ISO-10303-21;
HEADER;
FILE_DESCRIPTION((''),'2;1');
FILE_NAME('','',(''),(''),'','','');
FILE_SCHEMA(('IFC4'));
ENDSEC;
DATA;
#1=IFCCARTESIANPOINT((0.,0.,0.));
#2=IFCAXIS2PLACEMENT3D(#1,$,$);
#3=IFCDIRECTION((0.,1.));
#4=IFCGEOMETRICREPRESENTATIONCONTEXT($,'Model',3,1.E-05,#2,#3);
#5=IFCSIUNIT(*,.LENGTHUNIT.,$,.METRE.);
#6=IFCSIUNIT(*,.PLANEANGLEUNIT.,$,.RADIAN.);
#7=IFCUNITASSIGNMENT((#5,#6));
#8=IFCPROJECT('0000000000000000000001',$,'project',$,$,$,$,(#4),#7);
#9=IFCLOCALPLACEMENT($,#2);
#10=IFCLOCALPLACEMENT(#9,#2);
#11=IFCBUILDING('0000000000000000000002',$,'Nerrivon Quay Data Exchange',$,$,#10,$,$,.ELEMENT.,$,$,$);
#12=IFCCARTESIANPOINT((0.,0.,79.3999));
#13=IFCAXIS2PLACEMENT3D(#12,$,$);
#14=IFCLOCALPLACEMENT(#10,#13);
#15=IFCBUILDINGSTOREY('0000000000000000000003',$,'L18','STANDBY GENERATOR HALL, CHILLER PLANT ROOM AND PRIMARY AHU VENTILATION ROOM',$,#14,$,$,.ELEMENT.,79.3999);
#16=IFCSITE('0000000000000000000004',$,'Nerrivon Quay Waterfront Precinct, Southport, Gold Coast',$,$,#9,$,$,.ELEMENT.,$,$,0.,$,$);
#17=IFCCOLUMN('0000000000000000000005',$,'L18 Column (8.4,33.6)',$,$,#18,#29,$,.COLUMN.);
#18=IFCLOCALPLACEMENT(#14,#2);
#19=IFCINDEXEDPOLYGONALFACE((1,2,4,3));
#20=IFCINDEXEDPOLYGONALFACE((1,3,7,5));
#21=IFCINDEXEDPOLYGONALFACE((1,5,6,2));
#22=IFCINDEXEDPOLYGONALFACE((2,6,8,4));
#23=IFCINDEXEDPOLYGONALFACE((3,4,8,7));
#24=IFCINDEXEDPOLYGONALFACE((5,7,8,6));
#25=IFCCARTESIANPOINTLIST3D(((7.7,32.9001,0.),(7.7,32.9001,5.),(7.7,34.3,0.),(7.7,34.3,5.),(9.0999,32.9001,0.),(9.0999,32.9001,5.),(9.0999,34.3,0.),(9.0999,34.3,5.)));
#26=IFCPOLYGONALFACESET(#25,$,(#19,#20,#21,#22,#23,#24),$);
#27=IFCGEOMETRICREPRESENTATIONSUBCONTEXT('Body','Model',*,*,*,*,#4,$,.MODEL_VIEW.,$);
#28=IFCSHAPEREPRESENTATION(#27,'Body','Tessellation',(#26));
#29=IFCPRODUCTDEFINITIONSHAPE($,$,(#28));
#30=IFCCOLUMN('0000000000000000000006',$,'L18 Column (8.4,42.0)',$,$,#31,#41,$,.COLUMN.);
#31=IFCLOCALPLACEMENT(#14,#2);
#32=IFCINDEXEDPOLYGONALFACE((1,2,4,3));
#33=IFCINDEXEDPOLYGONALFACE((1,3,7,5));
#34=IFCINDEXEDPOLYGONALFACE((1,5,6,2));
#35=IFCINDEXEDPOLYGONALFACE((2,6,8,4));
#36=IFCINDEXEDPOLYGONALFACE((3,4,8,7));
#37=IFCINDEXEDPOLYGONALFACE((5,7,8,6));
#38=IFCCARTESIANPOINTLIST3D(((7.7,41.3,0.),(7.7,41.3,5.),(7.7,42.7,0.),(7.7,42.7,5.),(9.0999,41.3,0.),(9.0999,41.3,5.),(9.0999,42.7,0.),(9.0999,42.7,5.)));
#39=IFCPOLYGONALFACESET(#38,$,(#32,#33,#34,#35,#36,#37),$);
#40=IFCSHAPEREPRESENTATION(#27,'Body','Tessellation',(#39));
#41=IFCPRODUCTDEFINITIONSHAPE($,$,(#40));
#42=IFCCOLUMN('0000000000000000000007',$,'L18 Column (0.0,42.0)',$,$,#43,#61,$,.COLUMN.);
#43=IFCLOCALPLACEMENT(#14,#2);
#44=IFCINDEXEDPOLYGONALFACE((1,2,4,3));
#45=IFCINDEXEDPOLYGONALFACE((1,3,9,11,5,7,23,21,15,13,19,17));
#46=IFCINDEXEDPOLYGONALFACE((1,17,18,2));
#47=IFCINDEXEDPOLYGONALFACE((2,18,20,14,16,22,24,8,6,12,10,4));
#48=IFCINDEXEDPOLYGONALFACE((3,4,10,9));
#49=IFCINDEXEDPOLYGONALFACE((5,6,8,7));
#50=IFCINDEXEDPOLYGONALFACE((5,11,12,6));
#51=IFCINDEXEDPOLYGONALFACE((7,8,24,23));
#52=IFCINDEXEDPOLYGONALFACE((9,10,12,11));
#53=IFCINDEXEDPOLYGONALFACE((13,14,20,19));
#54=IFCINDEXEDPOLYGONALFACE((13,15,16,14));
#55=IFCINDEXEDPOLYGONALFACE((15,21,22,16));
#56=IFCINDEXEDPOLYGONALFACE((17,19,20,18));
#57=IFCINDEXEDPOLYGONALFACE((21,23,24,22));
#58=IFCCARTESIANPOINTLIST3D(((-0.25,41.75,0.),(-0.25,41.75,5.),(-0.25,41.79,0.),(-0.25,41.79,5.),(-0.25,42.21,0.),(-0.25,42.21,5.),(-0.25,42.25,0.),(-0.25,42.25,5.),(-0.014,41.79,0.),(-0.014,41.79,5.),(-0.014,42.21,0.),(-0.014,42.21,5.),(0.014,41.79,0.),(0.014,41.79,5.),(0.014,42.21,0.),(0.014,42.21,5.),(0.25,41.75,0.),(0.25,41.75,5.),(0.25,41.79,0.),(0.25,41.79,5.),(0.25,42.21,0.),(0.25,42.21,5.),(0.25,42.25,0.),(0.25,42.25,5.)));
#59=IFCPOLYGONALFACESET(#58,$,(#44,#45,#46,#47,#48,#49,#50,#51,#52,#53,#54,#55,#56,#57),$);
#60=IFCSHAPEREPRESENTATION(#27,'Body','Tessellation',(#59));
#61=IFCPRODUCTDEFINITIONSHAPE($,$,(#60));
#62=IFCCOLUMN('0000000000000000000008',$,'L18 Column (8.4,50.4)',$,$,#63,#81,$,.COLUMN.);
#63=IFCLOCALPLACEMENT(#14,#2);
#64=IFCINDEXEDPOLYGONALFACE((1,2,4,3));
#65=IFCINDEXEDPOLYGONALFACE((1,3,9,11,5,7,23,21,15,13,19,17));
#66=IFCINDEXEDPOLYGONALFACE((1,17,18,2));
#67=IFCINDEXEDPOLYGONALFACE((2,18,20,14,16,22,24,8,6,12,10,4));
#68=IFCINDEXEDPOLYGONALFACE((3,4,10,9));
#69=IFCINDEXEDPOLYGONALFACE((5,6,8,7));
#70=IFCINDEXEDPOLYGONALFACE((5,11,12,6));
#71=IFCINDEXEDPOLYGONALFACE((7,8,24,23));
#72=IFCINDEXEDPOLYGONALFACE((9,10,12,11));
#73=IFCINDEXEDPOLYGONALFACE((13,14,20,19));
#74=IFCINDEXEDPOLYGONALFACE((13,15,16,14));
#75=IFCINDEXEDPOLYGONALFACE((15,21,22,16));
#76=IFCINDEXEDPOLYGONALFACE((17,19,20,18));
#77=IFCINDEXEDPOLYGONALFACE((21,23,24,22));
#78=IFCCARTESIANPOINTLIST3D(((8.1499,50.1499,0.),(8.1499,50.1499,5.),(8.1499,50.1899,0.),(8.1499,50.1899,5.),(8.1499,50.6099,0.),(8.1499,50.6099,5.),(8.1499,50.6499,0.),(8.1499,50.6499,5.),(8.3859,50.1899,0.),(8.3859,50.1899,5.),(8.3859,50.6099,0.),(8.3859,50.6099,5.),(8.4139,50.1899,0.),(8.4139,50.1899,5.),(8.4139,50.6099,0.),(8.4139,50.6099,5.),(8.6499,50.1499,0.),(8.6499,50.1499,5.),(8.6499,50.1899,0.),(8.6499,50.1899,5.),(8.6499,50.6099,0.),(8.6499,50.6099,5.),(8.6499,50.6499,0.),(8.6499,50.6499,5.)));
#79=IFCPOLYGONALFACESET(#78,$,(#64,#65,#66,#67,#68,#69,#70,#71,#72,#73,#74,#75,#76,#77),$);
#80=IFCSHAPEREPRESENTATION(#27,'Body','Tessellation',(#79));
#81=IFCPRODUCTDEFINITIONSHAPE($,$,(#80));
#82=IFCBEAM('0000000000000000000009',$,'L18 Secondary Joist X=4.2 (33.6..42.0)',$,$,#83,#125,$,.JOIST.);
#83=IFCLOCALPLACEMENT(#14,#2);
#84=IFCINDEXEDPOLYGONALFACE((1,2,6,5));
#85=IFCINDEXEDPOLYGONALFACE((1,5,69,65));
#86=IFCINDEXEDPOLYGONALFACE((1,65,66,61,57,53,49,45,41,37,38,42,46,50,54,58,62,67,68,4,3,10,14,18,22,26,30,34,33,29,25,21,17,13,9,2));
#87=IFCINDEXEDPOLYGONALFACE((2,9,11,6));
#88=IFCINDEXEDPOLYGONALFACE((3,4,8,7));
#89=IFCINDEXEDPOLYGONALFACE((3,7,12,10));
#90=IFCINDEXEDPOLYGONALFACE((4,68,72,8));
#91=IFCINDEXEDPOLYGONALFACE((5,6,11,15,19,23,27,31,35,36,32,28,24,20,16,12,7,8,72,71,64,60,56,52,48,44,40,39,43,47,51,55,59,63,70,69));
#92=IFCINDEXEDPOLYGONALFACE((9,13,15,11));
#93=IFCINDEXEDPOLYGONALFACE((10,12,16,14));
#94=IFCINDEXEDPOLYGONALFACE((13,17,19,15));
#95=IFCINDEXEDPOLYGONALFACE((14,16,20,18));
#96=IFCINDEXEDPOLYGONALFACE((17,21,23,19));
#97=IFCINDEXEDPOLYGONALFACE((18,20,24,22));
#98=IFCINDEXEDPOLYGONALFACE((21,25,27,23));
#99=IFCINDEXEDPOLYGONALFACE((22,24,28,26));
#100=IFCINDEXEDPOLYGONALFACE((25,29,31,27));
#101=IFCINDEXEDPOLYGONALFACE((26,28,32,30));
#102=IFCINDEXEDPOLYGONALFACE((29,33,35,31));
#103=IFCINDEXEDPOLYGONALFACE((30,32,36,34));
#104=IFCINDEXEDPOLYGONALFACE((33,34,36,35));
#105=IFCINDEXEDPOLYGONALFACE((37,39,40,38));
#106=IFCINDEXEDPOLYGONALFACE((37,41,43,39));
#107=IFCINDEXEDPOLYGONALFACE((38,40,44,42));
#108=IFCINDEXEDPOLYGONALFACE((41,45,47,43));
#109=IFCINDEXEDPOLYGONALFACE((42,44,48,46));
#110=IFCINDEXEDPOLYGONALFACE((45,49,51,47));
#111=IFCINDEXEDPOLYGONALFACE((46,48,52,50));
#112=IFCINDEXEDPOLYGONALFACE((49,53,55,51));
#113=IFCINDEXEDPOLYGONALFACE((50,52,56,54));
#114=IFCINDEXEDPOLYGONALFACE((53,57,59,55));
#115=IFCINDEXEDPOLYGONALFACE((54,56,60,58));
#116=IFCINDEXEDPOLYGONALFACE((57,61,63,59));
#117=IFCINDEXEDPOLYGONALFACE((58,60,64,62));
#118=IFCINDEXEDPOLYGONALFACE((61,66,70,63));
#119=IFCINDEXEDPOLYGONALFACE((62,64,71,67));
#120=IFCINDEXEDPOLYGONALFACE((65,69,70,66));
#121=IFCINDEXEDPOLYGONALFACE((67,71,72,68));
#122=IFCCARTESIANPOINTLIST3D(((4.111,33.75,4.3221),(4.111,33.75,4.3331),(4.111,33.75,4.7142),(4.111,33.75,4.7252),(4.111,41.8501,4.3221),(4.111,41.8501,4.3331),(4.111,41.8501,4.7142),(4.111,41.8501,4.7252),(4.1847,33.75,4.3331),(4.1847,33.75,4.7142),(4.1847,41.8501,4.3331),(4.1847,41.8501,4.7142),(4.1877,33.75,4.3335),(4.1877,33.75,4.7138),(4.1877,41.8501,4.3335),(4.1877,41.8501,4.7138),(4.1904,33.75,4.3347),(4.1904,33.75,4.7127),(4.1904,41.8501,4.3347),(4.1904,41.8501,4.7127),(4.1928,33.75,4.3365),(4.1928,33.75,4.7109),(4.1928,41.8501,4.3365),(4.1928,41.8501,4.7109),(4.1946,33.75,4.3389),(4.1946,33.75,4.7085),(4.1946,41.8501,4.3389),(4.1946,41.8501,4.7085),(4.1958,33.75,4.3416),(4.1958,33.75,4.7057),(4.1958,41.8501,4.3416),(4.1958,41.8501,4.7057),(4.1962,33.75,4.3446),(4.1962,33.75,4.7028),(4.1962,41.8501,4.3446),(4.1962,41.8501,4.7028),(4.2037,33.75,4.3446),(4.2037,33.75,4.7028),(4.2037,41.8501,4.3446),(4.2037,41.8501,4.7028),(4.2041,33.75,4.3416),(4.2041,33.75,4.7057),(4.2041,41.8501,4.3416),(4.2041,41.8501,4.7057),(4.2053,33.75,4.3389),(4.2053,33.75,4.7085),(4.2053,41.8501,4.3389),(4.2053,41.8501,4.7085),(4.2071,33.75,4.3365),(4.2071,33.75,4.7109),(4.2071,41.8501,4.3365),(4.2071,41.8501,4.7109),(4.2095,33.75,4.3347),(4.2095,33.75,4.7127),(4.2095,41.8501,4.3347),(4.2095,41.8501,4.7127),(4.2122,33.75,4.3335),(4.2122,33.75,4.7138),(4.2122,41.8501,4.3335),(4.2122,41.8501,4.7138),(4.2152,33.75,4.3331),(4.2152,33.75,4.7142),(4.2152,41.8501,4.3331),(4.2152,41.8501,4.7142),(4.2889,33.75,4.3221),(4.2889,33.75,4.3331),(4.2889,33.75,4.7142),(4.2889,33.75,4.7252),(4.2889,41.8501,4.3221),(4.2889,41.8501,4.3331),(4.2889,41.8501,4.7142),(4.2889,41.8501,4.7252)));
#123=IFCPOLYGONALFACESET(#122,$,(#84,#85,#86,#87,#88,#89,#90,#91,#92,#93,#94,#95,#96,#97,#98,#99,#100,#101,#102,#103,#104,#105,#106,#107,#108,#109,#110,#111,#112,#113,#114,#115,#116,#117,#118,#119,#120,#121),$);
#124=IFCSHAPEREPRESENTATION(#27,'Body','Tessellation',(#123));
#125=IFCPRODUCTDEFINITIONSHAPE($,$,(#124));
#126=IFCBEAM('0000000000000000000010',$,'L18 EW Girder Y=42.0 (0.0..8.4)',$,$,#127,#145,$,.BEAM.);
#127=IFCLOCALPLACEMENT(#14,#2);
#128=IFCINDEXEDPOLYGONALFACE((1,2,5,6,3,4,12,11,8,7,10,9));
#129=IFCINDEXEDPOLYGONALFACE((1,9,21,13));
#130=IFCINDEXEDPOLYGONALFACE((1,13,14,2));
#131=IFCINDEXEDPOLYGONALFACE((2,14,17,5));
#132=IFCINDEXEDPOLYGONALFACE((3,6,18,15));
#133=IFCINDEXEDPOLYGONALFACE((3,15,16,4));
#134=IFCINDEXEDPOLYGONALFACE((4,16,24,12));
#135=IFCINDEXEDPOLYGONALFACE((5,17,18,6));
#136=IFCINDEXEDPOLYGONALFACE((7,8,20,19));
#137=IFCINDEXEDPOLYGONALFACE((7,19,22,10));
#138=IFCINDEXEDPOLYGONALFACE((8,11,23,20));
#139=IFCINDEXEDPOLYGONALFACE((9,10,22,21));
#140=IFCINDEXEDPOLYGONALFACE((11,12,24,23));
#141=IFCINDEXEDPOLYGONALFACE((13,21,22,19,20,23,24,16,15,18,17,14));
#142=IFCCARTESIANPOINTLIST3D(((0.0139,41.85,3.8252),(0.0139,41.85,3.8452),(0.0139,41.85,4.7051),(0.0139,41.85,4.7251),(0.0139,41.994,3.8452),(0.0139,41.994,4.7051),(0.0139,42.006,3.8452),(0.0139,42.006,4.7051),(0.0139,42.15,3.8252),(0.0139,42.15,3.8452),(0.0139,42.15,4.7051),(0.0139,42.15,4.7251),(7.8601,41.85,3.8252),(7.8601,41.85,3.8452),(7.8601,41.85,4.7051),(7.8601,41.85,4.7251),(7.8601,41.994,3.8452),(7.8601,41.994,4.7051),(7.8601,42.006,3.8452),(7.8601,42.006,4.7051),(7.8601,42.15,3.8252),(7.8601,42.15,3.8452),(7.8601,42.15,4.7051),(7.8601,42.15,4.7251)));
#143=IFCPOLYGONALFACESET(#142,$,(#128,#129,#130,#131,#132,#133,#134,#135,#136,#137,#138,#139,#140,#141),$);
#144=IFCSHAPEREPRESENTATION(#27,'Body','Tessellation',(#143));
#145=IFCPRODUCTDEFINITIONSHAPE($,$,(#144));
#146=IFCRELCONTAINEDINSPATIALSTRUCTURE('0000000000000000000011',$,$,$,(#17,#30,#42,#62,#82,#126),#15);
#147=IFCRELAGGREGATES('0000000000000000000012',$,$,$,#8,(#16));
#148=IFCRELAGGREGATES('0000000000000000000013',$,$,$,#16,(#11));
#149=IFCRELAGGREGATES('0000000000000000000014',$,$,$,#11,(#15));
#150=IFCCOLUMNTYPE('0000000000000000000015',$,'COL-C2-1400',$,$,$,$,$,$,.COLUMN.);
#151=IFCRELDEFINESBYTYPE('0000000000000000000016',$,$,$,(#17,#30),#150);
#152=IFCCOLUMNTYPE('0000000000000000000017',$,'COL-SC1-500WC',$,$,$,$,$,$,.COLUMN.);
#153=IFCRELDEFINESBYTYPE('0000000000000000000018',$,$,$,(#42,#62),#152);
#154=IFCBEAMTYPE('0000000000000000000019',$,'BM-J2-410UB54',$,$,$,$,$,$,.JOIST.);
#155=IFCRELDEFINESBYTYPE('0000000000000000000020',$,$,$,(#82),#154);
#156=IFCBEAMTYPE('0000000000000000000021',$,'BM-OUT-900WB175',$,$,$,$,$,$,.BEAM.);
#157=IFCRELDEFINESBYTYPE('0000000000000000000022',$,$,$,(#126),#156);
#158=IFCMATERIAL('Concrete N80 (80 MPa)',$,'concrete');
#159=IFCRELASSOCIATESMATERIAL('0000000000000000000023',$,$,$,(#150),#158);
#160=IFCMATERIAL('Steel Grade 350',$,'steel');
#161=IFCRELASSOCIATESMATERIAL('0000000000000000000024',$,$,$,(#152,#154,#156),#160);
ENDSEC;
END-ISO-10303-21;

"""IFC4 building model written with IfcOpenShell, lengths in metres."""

from ifc_helpers import new_model, si_unit, direction, frame, origin, origin_2d, place, context, subcontext, project, spatial, rectangle, i_section, extrude, material, material_profile, profile_set, type_object, element, save


model = new_model("IFC4")

# Units and contexts
model_context = context("Model", 3, precision=1e-05, world=origin(), true_north=direction((0.0, 1.0)))
body_context = subcontext(model_context, "Body", "Model", "MODEL_VIEW")
ifc_project = project(units=[si_unit("LENGTHUNIT", "METRE"), si_unit("PLANEANGLEUNIT", "RADIAN")], contexts=[model_context])

# Site, building, storey
site_placement = place(None, origin())
site = spatial("IfcSite", under=ifc_project, at=site_placement, Name="Nerrivon Quay Waterfront Precinct, Southport, Gold Coast", CompositionType="ELEMENT", RefElevation=0.0)
building_placement = place(site_placement, origin())
building = spatial("IfcBuilding", under=site, at=building_placement, Name="Nerrivon Quay Data Exchange", CompositionType="ELEMENT")
storey_placement = place(building_placement, frame((0.0, 0.0, 79.3999)))
storey = spatial("IfcBuildingStorey", under=building, at=storey_placement, Name="L18", Description="STANDBY GENERATOR HALL, CHILLER PLANT ROOM AND PRIMARY AHU VENTILATION ROOM", CompositionType="ELEMENT", Elevation=79.3999)

# Columns
ifc_material_1 = material(Name="Concrete N80 (80 MPa)", Category="concrete")
ifc_material_profile_1 = material_profile(ifc_material_1, rectangle(XDim=1.3999, YDim=1.3999, at=origin_2d()), Name="RC-COL-1400x1400")
ifc_profile_set_1 = profile_set([ifc_material_profile_1], Name="Concrete N80 (80 MPa)")
column_type_1 = type_object("IfcColumnType", Name="COL-C2-1400", PredefinedType="COLUMN", material=ifc_profile_set_1)
for number, where, z_axis, x_axis, name in (
    (1, (8.3999, 33.6001, 0.0), (0.0, 0.0, 1.0), (1.0, 0.0, 0.0), "L18 Column (8.4,33.6)"),
    (2, (8.3999, 42.0, 0.0), (0.0, 0.0, 1.0), (1.0, 0.0, 0.0), "L18 Column (8.4,42.0)"),
):
    element("IfcColumn", number, at=place(storey_placement, frame(where, z_axis=z_axis, x_axis=x_axis)), inside=storey, type_object=column_type_1, Name=name, PredefinedType="COLUMN", context=body_context, shape_type="SweptSolid", body=[
        extrude(rectangle(XDim=1.3999, YDim=1.3999, at=origin_2d()), origin(), (0.0, 0.0, 1.0), 5.0),
    ])
ifc_material_2 = material(Name="Steel Grade 350", Category="steel")
ifc_material_profile_2 = material_profile(ifc_material_2, i_section(OverallWidth=0.5, OverallDepth=0.5, WebThickness=0.0281, FlangeThickness=0.04, at=origin_2d()), Name="500WC440")
ifc_profile_set_2 = profile_set([ifc_material_profile_2], Name="Steel Grade 350")
column_type_2 = type_object("IfcColumnType", Name="COL-SC1-500WC", PredefinedType="COLUMN", material=ifc_profile_set_2)
for number, where, z_axis, x_axis, name in (
    (3, (0.0, 42.0, 0.0), (0.0, 0.0, 1.0), (1.0, 0.0, 0.0), "L18 Column (0.0,42.0)"),
    (4, (8.3999, 50.3999, 0.0), (0.0, 0.0, 1.0), (1.0, 0.0, 0.0), "L18 Column (8.4,50.4)"),
):
    element("IfcColumn", number, at=place(storey_placement, frame(where, z_axis=z_axis, x_axis=x_axis)), inside=storey, type_object=column_type_2, Name=name, PredefinedType="COLUMN", context=body_context, shape_type="SweptSolid", body=[
        extrude(i_section(OverallWidth=0.5, OverallDepth=0.5, WebThickness=0.0281, FlangeThickness=0.04, at=origin_2d()), origin(), (0.0, 0.0, 1.0), 5.0),
    ])

# Beams
ifc_material_profile_3 = material_profile(ifc_material_2, i_section(OverallWidth=0.178, OverallDepth=0.4031, WebThickness=0.0076, FlangeThickness=0.011, FilletRadius=0.0115, at=origin_2d()), Name="410UB53.7")
ifc_profile_set_3 = profile_set([ifc_material_profile_3], Name="Steel Grade 350")
beam_type_1 = type_object("IfcBeamType", Name="BM-J2-410UB54", PredefinedType="JOIST", material=ifc_profile_set_3)
beam_1_placement = place(storey_placement, frame((4.2, 33.75, 4.5237), z_axis=(0.0, 1.0, 0.0), x_axis=(-1.0, 0.0, 0.0)))
element("IfcBeam", 5, at=beam_1_placement, inside=storey, type_object=beam_type_1, Name="L18 Secondary Joist X=4.2 (33.6..42.0)", PredefinedType="JOIST", context=body_context, shape_type="SweptSolid", body=[
    extrude(i_section(OverallWidth=0.178, OverallDepth=0.4031, WebThickness=0.0076, FlangeThickness=0.011, FilletRadius=0.0115, at=origin_2d()), origin(), (0.0, 0.0, 1.0), 8.1001),
])
ifc_material_profile_4 = material_profile(ifc_material_2, i_section(OverallWidth=0.3, OverallDepth=0.8999, WebThickness=0.012, FlangeThickness=0.02, at=origin_2d()), Name="900WB175")
ifc_profile_set_4 = profile_set([ifc_material_profile_4], Name="Steel Grade 350")
beam_type_2 = type_object("IfcBeamType", Name="BM-OUT-900WB175", PredefinedType="BEAM", material=ifc_profile_set_4)
beam_2_placement = place(storey_placement, frame((0.0139, 42.0, 4.2751), z_axis=(1.0, 0.0, 0.0), x_axis=(0.0, 1.0, 0.0)))
element("IfcBeam", 6, at=beam_2_placement, inside=storey, type_object=beam_type_2, Name="L18 EW Girder Y=42.0 (0.0..8.4)", PredefinedType="BEAM", context=body_context, shape_type="SweptSolid", body=[
    extrude(i_section(OverallWidth=0.3, OverallDepth=0.8999, WebThickness=0.012, FlangeThickness=0.02, at=origin_2d()), origin(), (0.0, 0.0, 1.0), 7.8462),
])

save(model, "model.ifc")
